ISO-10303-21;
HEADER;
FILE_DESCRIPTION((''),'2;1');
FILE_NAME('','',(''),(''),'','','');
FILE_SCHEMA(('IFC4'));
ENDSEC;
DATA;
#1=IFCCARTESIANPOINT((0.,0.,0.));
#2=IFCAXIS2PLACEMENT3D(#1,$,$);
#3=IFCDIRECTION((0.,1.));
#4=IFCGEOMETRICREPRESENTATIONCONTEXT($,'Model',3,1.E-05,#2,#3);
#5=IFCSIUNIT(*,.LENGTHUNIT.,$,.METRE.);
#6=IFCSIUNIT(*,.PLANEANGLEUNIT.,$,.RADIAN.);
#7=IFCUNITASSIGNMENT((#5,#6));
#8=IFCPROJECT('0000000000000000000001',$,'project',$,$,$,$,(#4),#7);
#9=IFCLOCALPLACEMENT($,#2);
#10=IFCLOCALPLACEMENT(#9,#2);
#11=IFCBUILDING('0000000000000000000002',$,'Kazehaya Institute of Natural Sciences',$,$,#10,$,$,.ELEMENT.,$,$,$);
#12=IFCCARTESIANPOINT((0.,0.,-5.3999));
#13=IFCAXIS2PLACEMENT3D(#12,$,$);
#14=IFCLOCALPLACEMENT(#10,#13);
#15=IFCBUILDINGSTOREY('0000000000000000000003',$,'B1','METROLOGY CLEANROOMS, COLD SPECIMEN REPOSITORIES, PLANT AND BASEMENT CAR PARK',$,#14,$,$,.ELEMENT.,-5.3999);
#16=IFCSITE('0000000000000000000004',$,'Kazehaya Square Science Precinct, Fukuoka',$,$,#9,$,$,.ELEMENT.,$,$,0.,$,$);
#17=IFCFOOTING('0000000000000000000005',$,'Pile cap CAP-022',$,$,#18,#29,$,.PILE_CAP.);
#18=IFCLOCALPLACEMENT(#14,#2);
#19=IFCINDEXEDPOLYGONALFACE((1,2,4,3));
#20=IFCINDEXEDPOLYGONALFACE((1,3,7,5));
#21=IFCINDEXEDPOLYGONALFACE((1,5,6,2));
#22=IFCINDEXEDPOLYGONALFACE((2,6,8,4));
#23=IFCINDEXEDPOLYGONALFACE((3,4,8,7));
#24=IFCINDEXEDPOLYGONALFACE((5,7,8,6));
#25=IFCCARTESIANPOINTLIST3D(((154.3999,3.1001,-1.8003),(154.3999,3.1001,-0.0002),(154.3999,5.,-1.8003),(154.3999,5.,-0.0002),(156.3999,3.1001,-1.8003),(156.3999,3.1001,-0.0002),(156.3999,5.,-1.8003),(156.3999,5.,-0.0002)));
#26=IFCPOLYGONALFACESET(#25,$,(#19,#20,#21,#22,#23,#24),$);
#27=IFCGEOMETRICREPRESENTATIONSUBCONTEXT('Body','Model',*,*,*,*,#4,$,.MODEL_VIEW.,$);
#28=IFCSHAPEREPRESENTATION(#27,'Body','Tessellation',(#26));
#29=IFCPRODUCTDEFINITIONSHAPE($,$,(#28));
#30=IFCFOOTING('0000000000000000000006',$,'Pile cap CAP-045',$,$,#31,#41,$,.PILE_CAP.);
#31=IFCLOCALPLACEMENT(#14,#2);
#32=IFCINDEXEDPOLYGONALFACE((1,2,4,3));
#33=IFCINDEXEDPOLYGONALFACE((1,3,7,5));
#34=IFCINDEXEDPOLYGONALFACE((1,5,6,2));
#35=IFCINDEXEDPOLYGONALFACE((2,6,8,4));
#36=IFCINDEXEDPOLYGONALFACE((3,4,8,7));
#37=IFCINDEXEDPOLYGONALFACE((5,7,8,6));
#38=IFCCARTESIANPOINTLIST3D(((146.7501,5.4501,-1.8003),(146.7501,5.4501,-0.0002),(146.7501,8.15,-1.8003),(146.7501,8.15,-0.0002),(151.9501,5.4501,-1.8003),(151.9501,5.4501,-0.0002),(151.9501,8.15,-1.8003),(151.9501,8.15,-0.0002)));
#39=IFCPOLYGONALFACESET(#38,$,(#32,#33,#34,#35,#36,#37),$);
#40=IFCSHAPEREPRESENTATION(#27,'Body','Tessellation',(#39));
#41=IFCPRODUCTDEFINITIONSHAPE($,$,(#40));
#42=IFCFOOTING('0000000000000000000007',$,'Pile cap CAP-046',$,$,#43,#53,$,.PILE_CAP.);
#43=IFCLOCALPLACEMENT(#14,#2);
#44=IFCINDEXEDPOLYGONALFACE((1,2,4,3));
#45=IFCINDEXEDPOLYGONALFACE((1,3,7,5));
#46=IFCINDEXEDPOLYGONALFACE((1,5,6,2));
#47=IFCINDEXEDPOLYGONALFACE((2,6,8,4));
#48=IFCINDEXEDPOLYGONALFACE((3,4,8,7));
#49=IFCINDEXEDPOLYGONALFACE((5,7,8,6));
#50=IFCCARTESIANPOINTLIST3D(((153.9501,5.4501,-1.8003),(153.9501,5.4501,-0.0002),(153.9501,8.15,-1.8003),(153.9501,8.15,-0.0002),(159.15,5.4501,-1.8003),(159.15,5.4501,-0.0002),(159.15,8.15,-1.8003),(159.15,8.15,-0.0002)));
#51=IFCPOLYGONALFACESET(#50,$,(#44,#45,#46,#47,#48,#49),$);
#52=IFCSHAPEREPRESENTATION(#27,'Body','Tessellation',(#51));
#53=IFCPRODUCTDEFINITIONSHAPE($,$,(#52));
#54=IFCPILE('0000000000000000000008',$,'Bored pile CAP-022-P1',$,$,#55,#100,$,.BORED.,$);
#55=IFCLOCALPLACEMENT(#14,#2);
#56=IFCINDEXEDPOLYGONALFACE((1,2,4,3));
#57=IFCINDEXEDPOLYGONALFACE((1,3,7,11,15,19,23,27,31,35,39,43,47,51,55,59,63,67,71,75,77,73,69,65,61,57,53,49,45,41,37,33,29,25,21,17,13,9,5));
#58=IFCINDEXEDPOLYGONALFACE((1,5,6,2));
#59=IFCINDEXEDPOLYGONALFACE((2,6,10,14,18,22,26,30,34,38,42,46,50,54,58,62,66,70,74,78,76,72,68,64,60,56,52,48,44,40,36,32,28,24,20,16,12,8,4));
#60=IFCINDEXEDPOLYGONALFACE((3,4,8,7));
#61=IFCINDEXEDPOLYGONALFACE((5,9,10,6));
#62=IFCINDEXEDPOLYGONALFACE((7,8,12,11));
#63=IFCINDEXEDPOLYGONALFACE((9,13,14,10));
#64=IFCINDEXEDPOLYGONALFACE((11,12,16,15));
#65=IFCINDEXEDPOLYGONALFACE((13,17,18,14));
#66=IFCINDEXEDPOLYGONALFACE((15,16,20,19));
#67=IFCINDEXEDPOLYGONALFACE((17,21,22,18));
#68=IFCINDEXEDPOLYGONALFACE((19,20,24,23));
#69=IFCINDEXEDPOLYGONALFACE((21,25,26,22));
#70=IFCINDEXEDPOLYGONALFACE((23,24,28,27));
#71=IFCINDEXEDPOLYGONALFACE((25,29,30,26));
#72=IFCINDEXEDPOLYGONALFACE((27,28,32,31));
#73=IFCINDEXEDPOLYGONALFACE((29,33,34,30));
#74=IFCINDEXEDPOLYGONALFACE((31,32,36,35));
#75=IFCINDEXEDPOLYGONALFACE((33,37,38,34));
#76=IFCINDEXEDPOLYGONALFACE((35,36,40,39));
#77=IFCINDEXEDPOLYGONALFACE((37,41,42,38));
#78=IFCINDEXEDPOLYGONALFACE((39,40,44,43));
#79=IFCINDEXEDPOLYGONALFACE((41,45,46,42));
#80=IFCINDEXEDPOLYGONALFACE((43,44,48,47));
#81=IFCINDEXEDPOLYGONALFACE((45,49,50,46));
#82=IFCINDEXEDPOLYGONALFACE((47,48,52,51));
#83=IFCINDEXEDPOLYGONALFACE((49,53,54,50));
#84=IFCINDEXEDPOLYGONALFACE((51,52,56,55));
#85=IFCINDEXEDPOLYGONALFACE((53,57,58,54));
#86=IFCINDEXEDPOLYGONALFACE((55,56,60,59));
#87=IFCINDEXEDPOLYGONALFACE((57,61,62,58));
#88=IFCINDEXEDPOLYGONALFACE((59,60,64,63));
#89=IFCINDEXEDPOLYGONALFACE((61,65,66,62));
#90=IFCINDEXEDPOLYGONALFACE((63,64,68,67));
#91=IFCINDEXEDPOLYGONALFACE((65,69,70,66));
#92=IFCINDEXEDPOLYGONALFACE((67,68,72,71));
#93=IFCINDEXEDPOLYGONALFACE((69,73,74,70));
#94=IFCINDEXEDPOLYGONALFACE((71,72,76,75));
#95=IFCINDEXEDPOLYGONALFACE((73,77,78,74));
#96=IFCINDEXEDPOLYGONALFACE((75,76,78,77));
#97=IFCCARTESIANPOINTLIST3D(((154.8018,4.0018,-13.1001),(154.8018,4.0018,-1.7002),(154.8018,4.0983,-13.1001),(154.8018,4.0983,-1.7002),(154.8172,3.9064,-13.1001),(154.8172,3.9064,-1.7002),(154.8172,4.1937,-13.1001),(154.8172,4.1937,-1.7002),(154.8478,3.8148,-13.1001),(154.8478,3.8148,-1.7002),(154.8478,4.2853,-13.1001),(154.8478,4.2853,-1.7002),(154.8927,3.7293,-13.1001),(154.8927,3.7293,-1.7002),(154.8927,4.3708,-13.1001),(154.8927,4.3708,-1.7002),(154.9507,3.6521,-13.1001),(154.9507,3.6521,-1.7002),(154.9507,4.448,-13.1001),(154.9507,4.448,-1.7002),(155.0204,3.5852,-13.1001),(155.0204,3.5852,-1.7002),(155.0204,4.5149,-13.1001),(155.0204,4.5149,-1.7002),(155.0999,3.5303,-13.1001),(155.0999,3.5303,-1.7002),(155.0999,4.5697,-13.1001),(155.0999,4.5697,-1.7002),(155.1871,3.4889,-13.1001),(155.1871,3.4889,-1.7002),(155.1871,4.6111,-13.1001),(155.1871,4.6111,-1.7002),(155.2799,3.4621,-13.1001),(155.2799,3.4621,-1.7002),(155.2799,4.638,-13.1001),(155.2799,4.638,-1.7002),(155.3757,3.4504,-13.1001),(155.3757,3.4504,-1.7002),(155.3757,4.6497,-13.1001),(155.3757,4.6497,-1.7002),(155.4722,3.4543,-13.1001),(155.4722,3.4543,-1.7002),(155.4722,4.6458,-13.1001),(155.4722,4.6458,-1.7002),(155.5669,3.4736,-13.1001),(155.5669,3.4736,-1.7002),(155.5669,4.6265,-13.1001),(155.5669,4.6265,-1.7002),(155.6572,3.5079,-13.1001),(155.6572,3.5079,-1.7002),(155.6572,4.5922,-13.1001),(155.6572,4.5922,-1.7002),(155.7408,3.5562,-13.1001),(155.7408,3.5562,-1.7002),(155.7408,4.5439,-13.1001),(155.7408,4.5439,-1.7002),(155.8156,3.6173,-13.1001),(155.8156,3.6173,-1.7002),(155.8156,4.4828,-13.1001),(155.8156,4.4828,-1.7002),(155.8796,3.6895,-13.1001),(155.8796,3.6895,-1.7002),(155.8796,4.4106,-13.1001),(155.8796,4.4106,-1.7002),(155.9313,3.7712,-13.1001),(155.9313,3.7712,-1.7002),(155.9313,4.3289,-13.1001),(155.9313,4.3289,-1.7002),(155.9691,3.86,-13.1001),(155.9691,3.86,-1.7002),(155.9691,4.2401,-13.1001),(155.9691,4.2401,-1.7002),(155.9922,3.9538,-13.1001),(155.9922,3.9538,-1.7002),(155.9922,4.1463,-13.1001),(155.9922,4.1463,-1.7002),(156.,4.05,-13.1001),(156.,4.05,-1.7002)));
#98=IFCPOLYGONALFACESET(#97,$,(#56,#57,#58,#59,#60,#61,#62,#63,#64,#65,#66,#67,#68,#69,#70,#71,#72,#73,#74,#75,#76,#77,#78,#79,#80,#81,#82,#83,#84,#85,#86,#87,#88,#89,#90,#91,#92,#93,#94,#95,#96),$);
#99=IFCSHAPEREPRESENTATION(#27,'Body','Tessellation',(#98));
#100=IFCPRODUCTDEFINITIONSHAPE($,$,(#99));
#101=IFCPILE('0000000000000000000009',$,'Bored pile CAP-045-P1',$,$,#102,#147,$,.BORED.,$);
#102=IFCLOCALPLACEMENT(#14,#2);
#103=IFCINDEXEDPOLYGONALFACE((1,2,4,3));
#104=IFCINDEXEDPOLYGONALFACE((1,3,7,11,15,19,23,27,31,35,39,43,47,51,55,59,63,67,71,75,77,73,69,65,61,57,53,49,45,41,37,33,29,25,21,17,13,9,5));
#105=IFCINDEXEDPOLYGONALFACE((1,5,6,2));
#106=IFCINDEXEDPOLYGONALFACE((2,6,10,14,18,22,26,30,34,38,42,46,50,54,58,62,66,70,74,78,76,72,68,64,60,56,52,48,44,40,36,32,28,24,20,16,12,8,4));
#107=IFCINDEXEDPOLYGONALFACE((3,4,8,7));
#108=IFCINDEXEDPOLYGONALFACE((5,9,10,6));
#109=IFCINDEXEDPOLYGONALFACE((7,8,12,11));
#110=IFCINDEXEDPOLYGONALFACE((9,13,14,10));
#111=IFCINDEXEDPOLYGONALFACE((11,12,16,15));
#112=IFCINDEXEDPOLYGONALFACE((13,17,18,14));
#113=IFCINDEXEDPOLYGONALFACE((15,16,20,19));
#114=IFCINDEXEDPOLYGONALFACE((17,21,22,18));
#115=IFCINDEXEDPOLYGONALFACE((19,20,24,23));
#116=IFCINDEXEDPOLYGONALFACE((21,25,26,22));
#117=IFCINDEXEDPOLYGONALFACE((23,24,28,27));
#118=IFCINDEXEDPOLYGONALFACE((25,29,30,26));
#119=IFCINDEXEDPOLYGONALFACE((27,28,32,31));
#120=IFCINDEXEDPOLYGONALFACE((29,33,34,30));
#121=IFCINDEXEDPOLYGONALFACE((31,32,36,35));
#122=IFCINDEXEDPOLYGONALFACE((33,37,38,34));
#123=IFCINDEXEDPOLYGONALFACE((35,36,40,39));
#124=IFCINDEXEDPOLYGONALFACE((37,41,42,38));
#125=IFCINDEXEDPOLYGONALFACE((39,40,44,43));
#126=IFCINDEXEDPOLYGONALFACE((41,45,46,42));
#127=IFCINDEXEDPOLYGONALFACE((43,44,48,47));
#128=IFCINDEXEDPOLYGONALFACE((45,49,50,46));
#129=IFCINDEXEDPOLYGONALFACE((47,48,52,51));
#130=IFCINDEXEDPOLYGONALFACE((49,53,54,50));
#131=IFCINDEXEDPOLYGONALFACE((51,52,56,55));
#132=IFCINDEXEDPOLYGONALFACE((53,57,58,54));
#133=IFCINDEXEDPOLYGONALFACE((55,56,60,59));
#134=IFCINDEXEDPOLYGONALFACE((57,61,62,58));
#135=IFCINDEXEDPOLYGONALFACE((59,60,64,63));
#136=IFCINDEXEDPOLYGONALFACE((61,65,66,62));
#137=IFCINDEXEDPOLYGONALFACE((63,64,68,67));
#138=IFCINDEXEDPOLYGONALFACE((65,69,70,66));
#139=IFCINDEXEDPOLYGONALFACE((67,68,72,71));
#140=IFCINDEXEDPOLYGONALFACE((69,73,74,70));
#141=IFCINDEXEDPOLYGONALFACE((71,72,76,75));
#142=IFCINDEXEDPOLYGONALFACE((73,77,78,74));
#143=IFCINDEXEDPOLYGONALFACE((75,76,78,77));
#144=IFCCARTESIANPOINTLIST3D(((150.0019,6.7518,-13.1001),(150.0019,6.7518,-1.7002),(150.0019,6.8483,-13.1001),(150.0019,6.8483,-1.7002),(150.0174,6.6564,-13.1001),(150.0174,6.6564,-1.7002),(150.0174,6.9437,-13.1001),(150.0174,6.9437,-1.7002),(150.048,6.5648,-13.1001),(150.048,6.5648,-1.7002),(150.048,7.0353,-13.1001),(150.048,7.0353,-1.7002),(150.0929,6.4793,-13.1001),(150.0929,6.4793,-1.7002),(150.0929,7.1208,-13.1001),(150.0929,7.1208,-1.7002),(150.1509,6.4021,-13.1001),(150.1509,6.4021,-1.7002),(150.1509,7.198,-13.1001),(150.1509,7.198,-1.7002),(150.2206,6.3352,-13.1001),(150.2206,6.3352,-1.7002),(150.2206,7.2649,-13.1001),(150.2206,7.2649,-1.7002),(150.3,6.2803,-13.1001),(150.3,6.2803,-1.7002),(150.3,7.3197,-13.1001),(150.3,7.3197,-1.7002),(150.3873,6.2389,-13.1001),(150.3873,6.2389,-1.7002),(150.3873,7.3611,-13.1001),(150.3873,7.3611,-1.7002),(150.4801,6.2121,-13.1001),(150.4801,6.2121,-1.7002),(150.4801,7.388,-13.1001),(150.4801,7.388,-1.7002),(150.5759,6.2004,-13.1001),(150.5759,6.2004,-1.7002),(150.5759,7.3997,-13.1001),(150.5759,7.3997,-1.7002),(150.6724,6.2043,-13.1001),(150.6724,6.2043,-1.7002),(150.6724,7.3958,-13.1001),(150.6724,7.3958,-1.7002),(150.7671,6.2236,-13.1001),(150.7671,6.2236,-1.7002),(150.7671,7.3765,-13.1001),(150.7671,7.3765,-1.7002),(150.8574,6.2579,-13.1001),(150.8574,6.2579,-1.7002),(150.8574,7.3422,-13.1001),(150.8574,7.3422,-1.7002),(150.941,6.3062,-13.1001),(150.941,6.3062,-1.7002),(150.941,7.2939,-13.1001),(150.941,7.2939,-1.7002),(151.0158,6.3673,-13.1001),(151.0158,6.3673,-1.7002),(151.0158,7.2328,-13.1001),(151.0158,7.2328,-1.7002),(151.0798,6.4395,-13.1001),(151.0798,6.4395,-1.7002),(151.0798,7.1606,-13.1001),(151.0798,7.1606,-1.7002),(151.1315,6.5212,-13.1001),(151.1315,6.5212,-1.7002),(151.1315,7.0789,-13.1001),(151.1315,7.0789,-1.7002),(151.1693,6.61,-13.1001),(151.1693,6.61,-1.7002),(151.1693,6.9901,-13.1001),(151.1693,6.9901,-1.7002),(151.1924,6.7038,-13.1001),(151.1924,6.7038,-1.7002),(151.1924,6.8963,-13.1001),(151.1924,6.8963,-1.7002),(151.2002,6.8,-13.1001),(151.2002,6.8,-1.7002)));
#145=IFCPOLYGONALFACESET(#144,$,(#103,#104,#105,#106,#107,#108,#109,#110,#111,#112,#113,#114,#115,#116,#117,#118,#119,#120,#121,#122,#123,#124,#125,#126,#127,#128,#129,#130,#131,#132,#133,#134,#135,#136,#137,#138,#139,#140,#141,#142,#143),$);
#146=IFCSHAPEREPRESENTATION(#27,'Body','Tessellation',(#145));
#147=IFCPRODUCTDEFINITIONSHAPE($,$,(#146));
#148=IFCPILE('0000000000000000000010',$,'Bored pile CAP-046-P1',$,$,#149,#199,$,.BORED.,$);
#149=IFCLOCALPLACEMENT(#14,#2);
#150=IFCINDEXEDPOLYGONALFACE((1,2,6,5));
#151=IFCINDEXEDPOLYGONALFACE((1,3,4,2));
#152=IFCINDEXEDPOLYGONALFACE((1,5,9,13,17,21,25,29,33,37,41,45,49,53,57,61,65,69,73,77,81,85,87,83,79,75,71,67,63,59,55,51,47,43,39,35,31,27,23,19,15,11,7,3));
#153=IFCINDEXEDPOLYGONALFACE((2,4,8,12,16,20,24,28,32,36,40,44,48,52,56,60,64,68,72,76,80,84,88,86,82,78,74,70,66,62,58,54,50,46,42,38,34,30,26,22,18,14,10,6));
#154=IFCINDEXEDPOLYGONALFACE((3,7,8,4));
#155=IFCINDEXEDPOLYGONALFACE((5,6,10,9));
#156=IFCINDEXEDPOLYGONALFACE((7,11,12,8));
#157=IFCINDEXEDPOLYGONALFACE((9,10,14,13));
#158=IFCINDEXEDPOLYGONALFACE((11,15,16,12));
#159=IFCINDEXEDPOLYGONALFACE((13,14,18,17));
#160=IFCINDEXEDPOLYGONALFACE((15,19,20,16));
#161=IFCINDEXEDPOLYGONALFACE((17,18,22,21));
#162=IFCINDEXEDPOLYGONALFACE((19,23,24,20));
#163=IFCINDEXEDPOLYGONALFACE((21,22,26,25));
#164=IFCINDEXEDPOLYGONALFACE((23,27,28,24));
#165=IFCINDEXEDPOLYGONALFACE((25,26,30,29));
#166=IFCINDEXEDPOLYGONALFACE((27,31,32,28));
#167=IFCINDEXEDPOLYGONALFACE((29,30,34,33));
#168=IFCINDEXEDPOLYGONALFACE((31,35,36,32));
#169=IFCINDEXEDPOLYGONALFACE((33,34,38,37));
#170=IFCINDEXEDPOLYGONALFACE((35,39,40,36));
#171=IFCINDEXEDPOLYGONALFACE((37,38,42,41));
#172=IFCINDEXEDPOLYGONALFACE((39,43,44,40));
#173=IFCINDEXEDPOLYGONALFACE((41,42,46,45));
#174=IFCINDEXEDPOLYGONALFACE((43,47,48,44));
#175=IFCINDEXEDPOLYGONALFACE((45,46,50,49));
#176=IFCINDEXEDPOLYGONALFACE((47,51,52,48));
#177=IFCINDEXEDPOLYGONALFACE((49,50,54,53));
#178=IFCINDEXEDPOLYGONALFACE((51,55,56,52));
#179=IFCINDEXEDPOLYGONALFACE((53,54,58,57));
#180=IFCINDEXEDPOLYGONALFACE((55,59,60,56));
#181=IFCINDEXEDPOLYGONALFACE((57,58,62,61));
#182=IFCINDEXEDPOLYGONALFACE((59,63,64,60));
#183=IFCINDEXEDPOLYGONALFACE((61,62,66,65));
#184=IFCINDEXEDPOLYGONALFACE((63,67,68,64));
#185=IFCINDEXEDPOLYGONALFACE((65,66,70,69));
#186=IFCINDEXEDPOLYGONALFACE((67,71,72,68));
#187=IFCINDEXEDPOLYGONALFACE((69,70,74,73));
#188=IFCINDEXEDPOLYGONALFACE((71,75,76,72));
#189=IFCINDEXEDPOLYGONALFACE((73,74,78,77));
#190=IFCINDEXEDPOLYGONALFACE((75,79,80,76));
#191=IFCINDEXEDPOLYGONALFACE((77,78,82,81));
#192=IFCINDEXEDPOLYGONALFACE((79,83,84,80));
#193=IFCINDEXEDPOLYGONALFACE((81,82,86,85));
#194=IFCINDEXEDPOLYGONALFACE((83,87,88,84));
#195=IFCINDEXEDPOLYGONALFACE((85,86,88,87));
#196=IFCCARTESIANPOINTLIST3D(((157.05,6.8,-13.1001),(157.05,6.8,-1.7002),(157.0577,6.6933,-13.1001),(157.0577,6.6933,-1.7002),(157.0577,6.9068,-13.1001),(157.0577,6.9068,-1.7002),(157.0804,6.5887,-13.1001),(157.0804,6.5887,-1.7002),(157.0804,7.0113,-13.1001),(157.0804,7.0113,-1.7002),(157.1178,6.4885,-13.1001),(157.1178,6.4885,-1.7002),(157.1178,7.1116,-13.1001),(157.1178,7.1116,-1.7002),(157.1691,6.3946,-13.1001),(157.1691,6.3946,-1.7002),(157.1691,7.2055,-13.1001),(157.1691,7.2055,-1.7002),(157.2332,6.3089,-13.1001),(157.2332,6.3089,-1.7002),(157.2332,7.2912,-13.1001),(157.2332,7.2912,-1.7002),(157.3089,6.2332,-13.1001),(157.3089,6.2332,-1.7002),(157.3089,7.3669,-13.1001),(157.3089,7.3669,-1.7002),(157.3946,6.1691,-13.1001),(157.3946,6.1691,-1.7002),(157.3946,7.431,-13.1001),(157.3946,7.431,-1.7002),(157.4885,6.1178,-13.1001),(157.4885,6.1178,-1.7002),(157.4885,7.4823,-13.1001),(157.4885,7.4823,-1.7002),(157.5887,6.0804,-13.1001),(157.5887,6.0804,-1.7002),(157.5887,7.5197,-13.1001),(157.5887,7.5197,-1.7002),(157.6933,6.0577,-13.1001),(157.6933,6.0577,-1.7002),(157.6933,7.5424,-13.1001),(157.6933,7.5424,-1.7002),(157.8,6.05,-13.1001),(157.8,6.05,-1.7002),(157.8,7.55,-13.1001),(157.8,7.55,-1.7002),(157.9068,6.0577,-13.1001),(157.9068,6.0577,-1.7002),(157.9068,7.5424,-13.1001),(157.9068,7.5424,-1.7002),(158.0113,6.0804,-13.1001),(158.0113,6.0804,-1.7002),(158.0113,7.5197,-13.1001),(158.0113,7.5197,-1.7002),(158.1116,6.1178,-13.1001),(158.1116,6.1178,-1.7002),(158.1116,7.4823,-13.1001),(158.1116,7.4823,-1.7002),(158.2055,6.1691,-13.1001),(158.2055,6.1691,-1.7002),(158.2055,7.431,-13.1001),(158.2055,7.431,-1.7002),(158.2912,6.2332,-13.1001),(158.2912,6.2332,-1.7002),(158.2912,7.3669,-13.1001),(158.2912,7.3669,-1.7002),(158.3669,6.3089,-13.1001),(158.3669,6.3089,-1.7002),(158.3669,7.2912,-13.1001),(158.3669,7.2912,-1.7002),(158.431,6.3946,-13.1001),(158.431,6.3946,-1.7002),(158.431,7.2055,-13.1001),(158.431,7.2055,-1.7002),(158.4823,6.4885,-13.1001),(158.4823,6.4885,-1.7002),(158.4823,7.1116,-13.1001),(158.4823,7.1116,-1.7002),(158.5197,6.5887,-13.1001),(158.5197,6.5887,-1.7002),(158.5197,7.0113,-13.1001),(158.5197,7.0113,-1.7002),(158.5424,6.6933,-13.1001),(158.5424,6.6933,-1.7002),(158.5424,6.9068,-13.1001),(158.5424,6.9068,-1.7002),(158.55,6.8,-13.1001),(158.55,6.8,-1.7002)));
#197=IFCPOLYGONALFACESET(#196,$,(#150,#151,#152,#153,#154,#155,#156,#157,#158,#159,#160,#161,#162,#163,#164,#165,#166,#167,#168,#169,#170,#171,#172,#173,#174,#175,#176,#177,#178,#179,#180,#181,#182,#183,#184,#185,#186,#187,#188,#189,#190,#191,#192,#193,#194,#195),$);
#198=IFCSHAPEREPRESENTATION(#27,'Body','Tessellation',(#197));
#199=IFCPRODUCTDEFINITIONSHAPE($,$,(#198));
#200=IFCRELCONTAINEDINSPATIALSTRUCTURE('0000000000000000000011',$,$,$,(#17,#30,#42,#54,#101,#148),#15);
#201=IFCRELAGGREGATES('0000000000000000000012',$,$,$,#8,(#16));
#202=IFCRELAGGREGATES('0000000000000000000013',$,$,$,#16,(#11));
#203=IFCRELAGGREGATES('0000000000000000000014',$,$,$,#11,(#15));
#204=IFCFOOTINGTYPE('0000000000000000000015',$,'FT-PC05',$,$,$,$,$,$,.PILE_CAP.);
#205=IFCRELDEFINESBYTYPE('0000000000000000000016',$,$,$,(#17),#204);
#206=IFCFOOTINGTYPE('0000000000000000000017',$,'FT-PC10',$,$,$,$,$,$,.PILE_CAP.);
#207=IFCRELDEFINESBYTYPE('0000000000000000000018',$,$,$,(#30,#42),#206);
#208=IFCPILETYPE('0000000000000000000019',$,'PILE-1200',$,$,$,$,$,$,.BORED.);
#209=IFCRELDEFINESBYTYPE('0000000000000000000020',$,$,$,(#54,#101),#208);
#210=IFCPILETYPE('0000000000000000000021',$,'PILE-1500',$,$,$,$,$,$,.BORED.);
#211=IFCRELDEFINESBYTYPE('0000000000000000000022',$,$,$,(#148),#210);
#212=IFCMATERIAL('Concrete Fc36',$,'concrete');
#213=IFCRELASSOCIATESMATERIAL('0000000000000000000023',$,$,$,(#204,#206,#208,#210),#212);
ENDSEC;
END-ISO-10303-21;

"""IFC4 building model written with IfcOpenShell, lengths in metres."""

from ifc_helpers import new_model, si_unit, direction, frame, origin, origin_2d, place, context, subcontext, project, spatial, rectangle, circle, extrude, material, material_profile, profile_set, type_object, element, save


model = new_model("IFC4")

# Units and contexts
model_context = context("Model", 3, precision=1e-05, world=origin(), true_north=direction((0.0, 1.0)))
body_context = subcontext(model_context, "Body", "Model", "MODEL_VIEW")
ifc_project = project(units=[si_unit("LENGTHUNIT", "METRE"), si_unit("PLANEANGLEUNIT", "RADIAN")], contexts=[model_context])

# Site, building, storey
site_placement = place(None, origin())
site = spatial("IfcSite", under=ifc_project, at=site_placement, Name="Kazehaya Square Science Precinct, Fukuoka", CompositionType="ELEMENT", RefElevation=0.0)
building_placement = place(site_placement, origin())
building = spatial("IfcBuilding", under=site, at=building_placement, Name="Kazehaya Institute of Natural Sciences", CompositionType="ELEMENT")
storey_placement = place(building_placement, frame((0.0, 0.0, -5.3999)))
storey = spatial("IfcBuildingStorey", under=building, at=storey_placement, Name="B1", Description="METROLOGY CLEANROOMS, COLD SPECIMEN REPOSITORIES, PLANT AND BASEMENT CAR PARK", CompositionType="ELEMENT", Elevation=-5.3999)

# Footings
ifc_material_1 = material(Name="Concrete Fc36", Category="concrete")
footing_type_1 = type_object("IfcFootingType", Name="FT-PC05", PredefinedType="PILE_CAP", material=ifc_material_1)
footing_placement = place(storey_placement, frame((155.3999, 4.05, -1.8003), z_axis=(0.0, 0.0, 1.0), x_axis=(1.0, 0.0, 0.0)))
element("IfcFooting", 1, at=footing_placement, inside=storey, type_object=footing_type_1, Name="Pile cap CAP-022", PredefinedType="PILE_CAP", context=body_context, shape_type="SweptSolid", body=[
    extrude(rectangle(XDim=2.0, YDim=1.8999, at=origin_2d()), origin(), (0.0, 0.0, 1.0), 1.8),
])
footing_type_2 = type_object("IfcFootingType", Name="FT-PC10", PredefinedType="PILE_CAP", material=ifc_material_1)
for number, where, z_axis, x_axis, name in (
    (2, (149.3501, 6.8, -1.8003), (0.0, 0.0, 1.0), (1.0, 0.0, 0.0), "Pile cap CAP-045"),
    (3, (156.55, 6.8, -1.8003), (0.0, 0.0, 1.0), (1.0, 0.0, 0.0), "Pile cap CAP-046"),
):
    element("IfcFooting", number, at=place(storey_placement, frame(where, z_axis=z_axis, x_axis=x_axis)), inside=storey, type_object=footing_type_2, Name=name, PredefinedType="PILE_CAP", context=body_context, shape_type="SweptSolid", body=[
        extrude(rectangle(XDim=5.2, YDim=2.7, at=origin_2d()), origin(), (0.0, 0.0, 1.0), 1.8),
    ])

# Piles
ifc_material_profile_1 = material_profile(ifc_material_1, circle(Radius=0.6001, at=origin_2d()), Name="PILE-1200")
ifc_profile_set_1 = profile_set([ifc_material_profile_1], Name="Concrete Fc36")
pile_type_1 = type_object("IfcPileType", Name="PILE-1200", PredefinedType="BORED", material=ifc_profile_set_1)
for number, where, z_axis, x_axis, name in (
    (4, (155.3999, 4.05, -1.7002), (0.0, 0.0, -1.0), (1.0, 0.0, 0.0), "Bored pile CAP-022-P1"),
    (5, (150.6001, 6.8, -1.7002), (0.0, 0.0, -1.0), (1.0, 0.0, 0.0), "Bored pile CAP-045-P1"),
):
    element("IfcPile", number, at=place(storey_placement, frame(where, z_axis=z_axis, x_axis=x_axis)), inside=storey, type_object=pile_type_1, Name=name, PredefinedType="BORED", context=body_context, shape_type="SweptSolid", body=[
        extrude(circle(Radius=0.6001, at=origin_2d()), origin(), (0.0, 0.0, 1.0), 11.3999),
    ])
ifc_material_profile_2 = material_profile(ifc_material_1, circle(Radius=0.75, at=origin_2d()), Name="PILE-1500")
ifc_profile_set_2 = profile_set([ifc_material_profile_2], Name="Concrete Fc36")
pile_type_2 = type_object("IfcPileType", Name="PILE-1500", PredefinedType="BORED", material=ifc_profile_set_2)
pile_placement = place(storey_placement, frame((157.8, 6.8, -1.7002), z_axis=(0.0, 0.0, -1.0), x_axis=(1.0, 0.0, 0.0)))
element("IfcPile", 6, at=pile_placement, inside=storey, type_object=pile_type_2, Name="Bored pile CAP-046-P1", PredefinedType="BORED", context=body_context, shape_type="SweptSolid", body=[
    extrude(circle(Radius=0.75, at=origin_2d()), origin(), (0.0, 0.0, 1.0), 11.3999),
])

save(model, "model.ifc")
